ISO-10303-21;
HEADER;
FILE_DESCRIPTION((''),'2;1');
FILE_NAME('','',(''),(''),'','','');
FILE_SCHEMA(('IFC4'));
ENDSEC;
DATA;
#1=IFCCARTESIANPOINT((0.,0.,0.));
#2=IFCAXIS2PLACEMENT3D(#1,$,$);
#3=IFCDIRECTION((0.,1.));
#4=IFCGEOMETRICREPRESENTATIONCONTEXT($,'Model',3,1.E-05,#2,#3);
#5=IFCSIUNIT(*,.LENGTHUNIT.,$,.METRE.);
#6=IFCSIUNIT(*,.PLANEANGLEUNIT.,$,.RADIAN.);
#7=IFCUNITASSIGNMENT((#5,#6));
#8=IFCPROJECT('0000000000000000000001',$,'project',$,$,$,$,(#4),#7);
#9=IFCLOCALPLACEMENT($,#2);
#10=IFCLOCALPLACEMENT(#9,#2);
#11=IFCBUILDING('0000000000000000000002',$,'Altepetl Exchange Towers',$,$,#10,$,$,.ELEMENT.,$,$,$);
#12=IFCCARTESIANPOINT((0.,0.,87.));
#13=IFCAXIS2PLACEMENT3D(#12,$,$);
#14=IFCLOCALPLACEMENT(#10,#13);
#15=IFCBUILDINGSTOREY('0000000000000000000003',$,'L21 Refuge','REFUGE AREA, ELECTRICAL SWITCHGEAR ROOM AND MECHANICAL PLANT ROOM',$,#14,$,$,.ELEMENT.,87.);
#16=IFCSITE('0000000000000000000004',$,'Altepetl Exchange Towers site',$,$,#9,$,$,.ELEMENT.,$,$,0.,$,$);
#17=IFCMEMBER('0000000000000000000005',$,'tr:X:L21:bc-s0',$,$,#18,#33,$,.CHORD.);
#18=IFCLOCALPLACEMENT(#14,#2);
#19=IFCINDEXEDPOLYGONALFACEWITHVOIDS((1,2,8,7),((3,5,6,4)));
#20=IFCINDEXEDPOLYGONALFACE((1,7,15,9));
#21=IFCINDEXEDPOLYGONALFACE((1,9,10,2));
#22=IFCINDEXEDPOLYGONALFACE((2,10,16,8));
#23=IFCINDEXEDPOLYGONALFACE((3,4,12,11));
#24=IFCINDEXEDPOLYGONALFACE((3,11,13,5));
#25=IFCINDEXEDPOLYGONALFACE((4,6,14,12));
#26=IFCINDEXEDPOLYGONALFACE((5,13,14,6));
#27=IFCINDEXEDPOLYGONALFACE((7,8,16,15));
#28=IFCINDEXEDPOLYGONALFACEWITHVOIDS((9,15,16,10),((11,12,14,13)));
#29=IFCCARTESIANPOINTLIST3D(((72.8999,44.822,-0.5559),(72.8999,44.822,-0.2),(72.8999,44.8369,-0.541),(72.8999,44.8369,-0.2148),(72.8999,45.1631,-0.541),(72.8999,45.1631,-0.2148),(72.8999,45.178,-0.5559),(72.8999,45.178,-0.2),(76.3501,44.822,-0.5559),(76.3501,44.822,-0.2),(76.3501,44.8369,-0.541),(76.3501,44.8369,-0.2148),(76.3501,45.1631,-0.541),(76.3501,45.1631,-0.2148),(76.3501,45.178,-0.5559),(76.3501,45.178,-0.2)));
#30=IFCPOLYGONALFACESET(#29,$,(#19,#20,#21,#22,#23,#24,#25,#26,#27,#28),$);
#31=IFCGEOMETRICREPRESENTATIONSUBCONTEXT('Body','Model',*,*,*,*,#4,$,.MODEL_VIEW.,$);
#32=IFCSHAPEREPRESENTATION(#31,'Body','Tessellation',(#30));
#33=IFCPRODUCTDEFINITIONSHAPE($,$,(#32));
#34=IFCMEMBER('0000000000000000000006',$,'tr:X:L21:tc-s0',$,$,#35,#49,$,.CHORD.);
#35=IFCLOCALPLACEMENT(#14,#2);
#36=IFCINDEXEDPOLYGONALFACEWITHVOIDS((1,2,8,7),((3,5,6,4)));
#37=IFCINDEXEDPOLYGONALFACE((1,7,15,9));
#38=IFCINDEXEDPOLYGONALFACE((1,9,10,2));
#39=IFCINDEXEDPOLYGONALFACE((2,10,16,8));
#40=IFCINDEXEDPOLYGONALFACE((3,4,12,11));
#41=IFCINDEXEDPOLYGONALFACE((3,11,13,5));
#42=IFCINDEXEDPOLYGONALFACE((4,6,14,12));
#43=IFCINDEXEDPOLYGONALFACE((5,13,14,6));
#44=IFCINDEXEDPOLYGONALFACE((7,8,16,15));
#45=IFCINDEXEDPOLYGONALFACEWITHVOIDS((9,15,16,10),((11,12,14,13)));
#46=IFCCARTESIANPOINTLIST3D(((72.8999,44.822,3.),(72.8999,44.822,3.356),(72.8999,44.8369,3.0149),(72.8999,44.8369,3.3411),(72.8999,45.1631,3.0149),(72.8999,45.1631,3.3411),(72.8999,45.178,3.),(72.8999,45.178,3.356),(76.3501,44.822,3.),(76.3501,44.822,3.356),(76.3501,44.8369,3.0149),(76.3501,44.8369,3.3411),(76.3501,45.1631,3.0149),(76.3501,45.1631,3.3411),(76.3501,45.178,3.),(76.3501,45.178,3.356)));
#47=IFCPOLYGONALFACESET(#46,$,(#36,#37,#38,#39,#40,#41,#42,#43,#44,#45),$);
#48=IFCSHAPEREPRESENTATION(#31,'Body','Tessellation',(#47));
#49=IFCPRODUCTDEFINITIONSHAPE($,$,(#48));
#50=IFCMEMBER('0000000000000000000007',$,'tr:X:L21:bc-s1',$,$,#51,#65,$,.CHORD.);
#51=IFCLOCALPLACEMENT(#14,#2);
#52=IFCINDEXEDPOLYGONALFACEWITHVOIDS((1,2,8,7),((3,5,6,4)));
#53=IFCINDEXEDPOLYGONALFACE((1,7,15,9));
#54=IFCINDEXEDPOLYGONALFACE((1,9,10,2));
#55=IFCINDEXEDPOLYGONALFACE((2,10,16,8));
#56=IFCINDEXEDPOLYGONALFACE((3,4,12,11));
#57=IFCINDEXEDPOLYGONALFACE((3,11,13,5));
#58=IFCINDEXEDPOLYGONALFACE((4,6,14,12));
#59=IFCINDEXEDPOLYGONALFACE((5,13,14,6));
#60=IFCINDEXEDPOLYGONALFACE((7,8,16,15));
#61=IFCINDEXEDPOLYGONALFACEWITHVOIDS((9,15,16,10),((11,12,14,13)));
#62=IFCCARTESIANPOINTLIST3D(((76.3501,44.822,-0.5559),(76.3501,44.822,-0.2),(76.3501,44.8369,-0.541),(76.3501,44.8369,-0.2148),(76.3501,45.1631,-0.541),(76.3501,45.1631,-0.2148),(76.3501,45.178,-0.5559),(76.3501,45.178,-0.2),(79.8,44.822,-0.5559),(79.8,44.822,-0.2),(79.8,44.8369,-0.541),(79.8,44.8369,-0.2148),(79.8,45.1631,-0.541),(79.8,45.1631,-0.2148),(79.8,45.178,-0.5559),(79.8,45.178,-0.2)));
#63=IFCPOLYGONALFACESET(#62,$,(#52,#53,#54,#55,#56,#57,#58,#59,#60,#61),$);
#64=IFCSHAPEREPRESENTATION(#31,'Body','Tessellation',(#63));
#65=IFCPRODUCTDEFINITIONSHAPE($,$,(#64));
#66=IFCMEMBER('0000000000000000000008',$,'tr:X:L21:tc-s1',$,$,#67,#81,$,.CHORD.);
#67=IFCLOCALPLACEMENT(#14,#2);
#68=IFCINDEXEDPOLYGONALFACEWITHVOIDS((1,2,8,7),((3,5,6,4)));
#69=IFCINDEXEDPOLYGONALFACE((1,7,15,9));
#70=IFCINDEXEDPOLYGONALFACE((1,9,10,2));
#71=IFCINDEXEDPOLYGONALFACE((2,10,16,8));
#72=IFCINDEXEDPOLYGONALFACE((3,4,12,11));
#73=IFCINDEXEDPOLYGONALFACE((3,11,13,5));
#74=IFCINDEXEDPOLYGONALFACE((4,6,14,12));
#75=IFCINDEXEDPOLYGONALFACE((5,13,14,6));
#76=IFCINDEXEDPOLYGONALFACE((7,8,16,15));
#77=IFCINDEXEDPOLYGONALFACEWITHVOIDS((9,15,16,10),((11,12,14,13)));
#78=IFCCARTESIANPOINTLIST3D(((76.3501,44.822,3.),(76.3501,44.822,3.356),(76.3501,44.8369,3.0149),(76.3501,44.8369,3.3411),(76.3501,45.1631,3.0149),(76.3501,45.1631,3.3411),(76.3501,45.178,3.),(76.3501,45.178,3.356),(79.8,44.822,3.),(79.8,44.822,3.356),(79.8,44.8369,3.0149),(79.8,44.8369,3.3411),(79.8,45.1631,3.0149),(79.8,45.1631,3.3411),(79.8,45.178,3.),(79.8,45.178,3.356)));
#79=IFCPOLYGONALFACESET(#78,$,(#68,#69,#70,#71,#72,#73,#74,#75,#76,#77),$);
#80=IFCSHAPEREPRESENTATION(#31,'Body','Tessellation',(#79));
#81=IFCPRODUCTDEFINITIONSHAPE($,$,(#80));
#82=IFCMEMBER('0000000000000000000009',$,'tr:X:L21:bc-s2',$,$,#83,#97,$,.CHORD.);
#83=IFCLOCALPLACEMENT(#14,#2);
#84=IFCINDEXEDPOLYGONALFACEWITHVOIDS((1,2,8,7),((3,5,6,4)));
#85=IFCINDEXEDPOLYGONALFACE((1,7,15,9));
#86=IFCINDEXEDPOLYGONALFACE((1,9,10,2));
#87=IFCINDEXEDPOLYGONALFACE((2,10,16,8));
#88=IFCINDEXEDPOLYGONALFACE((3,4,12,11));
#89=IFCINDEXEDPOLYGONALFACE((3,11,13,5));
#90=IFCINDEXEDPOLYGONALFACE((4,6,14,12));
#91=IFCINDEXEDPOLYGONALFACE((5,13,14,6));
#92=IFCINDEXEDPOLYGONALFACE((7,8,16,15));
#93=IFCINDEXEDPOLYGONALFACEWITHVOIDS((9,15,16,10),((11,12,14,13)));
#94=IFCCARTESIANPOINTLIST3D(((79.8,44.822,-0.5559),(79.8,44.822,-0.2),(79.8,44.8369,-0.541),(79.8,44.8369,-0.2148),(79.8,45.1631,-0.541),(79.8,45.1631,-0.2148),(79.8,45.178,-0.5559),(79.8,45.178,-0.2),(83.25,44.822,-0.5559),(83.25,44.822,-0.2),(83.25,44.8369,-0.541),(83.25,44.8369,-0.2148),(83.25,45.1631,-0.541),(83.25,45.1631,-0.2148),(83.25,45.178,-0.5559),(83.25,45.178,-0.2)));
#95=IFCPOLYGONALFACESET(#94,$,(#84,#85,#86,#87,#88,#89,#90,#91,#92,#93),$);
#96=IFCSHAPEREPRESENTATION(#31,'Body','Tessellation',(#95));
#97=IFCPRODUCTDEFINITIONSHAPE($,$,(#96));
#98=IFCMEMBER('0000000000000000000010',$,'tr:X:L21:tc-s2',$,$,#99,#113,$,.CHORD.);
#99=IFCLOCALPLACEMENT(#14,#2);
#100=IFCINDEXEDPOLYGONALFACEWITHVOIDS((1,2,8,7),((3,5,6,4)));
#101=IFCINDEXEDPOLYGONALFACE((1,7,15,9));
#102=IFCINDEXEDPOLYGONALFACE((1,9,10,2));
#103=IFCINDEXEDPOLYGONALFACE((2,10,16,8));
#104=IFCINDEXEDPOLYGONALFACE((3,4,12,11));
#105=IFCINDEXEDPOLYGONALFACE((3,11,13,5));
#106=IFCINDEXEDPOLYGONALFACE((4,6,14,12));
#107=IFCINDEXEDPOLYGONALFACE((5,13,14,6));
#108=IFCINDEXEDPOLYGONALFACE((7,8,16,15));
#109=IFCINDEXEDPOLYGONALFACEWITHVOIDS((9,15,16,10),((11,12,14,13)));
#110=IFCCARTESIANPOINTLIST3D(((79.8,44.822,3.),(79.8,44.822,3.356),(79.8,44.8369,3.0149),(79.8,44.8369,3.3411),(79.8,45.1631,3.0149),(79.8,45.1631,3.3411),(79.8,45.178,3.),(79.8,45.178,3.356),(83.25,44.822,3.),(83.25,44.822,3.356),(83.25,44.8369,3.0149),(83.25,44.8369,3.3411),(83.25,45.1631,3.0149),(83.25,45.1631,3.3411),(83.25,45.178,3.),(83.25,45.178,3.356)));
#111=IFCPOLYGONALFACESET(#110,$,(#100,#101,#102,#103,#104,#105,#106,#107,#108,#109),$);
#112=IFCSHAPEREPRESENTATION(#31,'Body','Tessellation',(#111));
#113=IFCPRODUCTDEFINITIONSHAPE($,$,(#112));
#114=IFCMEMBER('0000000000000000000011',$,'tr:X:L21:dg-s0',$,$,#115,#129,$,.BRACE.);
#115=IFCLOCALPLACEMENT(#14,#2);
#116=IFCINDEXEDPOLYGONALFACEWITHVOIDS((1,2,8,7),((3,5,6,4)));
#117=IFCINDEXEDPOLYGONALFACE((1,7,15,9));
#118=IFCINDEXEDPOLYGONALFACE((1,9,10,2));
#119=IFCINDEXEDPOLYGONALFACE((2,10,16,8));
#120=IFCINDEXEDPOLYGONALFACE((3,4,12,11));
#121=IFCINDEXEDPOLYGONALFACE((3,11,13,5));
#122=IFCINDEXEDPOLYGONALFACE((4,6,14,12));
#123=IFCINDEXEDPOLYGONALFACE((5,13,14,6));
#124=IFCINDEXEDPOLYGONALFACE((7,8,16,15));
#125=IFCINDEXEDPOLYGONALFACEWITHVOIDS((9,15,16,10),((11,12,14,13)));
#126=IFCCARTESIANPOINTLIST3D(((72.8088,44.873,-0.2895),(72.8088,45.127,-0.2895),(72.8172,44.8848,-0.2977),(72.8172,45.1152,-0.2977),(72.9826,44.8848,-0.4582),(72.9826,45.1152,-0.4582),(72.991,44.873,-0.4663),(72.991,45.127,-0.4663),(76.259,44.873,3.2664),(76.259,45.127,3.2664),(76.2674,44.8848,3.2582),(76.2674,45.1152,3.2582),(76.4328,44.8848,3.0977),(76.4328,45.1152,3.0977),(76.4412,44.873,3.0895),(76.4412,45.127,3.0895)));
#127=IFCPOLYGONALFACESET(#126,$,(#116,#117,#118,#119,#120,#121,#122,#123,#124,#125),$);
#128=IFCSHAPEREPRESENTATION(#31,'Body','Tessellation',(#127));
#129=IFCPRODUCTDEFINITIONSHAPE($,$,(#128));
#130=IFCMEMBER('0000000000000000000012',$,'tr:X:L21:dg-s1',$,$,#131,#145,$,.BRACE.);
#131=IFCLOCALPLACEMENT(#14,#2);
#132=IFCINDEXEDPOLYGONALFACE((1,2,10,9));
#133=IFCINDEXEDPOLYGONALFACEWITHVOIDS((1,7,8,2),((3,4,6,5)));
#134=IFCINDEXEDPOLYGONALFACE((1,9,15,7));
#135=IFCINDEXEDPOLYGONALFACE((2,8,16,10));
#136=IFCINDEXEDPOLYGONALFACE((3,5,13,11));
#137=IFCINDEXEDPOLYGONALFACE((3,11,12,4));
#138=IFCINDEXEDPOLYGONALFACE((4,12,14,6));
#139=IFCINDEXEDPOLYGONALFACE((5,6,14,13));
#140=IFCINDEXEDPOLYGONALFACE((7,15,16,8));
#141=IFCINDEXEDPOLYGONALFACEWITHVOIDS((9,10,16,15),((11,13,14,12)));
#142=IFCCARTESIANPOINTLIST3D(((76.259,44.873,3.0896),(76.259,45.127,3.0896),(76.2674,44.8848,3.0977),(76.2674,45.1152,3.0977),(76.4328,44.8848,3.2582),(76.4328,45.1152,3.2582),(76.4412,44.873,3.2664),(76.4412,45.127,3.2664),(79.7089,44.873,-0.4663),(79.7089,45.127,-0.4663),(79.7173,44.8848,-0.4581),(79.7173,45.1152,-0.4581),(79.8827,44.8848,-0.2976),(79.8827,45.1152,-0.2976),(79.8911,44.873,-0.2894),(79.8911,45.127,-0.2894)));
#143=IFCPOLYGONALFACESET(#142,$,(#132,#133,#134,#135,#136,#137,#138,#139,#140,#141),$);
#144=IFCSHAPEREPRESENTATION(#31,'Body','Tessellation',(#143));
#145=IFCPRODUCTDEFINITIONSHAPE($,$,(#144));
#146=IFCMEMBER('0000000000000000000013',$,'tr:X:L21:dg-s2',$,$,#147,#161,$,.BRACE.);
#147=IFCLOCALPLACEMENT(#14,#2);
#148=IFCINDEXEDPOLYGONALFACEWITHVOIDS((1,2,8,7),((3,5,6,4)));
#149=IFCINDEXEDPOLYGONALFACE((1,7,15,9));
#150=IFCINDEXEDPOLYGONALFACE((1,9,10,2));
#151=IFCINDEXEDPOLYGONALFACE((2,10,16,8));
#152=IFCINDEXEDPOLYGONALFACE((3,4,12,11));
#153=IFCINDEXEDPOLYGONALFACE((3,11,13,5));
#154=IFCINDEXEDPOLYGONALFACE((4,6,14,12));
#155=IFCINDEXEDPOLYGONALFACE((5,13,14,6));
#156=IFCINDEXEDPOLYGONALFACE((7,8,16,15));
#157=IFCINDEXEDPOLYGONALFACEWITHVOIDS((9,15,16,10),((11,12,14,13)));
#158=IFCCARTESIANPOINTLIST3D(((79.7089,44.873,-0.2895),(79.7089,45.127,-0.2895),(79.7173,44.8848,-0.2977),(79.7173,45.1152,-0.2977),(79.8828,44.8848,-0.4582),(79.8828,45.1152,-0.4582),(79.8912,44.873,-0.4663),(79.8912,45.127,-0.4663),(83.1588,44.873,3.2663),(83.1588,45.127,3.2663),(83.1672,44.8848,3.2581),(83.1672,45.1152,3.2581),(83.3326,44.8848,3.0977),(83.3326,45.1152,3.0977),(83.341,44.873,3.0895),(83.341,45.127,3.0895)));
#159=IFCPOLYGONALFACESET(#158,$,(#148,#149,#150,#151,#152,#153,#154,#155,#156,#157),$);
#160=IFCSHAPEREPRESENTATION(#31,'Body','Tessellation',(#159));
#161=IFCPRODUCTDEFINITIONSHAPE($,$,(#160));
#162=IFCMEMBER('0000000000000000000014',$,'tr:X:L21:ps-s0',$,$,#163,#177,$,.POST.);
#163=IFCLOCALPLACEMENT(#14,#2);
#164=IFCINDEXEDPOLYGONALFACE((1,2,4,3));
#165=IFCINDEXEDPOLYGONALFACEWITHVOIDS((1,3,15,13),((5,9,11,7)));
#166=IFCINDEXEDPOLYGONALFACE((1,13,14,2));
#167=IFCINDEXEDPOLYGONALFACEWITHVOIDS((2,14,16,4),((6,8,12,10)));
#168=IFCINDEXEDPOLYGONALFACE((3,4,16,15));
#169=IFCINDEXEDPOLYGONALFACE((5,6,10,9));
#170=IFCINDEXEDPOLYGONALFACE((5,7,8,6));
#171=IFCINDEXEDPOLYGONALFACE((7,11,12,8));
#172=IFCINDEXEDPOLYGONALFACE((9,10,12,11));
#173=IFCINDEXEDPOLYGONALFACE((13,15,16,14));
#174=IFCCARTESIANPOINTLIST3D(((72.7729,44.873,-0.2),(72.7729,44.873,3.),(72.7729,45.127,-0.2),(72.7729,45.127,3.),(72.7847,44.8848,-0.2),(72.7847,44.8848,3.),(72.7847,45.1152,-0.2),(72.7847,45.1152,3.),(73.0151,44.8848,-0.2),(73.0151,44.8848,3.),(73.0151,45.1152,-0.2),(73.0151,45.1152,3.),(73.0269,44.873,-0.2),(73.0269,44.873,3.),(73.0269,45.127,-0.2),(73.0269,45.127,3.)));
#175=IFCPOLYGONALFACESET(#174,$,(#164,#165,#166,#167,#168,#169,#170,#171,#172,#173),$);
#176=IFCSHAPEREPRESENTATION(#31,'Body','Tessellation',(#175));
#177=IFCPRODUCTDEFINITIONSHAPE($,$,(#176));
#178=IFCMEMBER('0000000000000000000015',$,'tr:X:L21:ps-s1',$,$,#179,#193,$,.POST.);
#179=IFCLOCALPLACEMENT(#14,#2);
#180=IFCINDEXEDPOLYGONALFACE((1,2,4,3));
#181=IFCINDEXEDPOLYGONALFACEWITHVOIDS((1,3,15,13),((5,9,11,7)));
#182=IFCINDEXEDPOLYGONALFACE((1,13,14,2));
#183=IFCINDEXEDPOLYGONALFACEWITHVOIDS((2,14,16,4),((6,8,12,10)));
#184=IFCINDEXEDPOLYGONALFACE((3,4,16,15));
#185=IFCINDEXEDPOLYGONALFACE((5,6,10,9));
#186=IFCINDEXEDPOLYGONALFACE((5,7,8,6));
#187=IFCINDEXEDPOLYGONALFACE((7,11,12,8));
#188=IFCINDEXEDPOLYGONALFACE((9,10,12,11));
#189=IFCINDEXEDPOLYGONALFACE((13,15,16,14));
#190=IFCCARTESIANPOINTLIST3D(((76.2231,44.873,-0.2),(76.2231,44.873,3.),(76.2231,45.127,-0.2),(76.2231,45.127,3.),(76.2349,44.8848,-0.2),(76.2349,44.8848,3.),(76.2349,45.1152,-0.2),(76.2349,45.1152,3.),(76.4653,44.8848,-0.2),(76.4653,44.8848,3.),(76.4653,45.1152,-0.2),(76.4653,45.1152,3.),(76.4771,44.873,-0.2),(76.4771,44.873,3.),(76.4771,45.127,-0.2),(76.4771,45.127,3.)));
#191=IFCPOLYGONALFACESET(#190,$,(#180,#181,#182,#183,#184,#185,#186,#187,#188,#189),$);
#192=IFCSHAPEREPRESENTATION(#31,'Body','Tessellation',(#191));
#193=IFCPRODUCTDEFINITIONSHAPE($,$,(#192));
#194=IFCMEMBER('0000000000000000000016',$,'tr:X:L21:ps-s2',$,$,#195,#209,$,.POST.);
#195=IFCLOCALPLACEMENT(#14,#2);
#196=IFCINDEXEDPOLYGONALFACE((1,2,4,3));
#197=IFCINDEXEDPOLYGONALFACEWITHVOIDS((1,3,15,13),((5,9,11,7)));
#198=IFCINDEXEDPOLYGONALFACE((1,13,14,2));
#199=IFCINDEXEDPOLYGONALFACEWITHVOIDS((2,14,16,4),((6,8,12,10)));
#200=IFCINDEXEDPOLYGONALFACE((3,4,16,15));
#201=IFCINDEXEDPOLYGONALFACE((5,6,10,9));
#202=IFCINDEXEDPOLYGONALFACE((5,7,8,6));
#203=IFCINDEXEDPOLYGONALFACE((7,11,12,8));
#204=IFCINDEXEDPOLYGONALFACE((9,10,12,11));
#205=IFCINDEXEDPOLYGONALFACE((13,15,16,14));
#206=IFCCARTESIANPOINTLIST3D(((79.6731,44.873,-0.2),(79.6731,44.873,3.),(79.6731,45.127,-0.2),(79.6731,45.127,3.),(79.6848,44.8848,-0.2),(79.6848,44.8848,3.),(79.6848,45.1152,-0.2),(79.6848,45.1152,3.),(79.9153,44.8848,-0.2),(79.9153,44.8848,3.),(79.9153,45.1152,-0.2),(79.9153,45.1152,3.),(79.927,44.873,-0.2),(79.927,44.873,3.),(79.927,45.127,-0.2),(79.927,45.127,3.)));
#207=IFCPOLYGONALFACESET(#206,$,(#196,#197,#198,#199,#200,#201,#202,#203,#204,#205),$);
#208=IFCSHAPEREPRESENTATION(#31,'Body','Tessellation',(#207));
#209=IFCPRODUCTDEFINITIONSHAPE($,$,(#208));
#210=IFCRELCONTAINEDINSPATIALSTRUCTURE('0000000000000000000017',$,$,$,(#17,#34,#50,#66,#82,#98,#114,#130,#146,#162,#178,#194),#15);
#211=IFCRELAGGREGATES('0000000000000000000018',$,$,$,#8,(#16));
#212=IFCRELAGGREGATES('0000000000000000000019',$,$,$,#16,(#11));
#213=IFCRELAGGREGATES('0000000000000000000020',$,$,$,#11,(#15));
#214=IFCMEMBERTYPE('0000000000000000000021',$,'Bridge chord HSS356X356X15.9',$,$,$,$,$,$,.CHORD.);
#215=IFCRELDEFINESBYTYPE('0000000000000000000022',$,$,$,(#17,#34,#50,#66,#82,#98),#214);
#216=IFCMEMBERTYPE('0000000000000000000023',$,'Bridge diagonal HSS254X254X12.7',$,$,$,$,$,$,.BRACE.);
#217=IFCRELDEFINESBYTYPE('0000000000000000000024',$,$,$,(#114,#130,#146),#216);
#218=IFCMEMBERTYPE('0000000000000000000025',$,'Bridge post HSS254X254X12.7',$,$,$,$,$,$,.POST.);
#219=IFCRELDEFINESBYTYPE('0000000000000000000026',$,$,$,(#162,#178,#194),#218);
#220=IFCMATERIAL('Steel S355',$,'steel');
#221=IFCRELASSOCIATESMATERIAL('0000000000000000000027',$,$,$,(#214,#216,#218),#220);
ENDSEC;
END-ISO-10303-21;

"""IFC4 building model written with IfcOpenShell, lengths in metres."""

from ifc_helpers import new_model, si_unit, direction, frame, origin, origin_2d, place, context, subcontext, project, spatial, hollow_rectangle, extrude, material, material_profile, profile_set, type_object, element, save


model = new_model("IFC4")

# Units and contexts
model_context = context("Model", 3, precision=1e-05, world=origin(), true_north=direction((0.0, 1.0)))
body_context = subcontext(model_context, "Body", "Model", "MODEL_VIEW")
ifc_project = project(units=[si_unit("LENGTHUNIT", "METRE"), si_unit("PLANEANGLEUNIT", "RADIAN")], contexts=[model_context])

# Site, building, storey
site_placement = place(None, origin())
site = spatial("IfcSite", under=ifc_project, at=site_placement, Name="Altepetl Exchange Towers site", CompositionType="ELEMENT", RefElevation=0.0)
building_placement = place(site_placement, origin())
building = spatial("IfcBuilding", under=site, at=building_placement, Name="Altepetl Exchange Towers", CompositionType="ELEMENT")
storey_placement = place(building_placement, frame((0.0, 0.0, 87.0)))
storey = spatial("IfcBuildingStorey", under=building, at=storey_placement, Name="L21 Refuge", Description="REFUGE AREA, ELECTRICAL SWITCHGEAR ROOM AND MECHANICAL PLANT ROOM", CompositionType="ELEMENT", Elevation=87.0)

# Members
ifc_material_1 = material(Name="Steel S355", Category="steel")
ifc_material_profile_1 = material_profile(ifc_material_1, hollow_rectangle(XDim=0.356, YDim=0.356, WallThickness=0.0149, at=origin_2d()), Name="HSS356X356X15.9")
ifc_profile_set_1 = profile_set([ifc_material_profile_1], Name="Steel S355")
member_type_1 = type_object("IfcMemberType", Name="Bridge chord HSS356X356X15.9", PredefinedType="CHORD", material=ifc_profile_set_1)
for number, where, z_axis, x_axis, name in (
    (1, (72.8999, 45.0, -0.3779), (1.0, 0.0, 0.0), (0.0, 1.0, 0.0), "tr:X:L21:bc-s0"),
    (2, (72.8999, 45.0, 3.178), (1.0, 0.0, 0.0), (0.0, 1.0, 0.0), "tr:X:L21:tc-s0"),
):
    element("IfcMember", number, at=place(storey_placement, frame(where, z_axis=z_axis, x_axis=x_axis)), inside=storey, type_object=member_type_1, Name=name, PredefinedType="CHORD", context=body_context, shape_type="SweptSolid", body=[
        extrude(hollow_rectangle(XDim=0.356, YDim=0.356, WallThickness=0.0149, at=origin_2d()), origin(), (0.0, 0.0, 1.0), 3.4502),
    ])
for number, where, z_axis, x_axis, name in (
    (3, (76.3501, 45.0, -0.3779), (1.0, 0.0, 0.0), (0.0, 1.0, 0.0), "tr:X:L21:bc-s1"),
    (4, (76.3501, 45.0, 3.178), (1.0, 0.0, 0.0), (0.0, 1.0, 0.0), "tr:X:L21:tc-s1"),
    (5, (79.8, 45.0, -0.3779), (1.0, 0.0, 0.0), (0.0, 1.0, 0.0), "tr:X:L21:bc-s2"),
    (6, (79.8, 45.0, 3.178), (1.0, 0.0, 0.0), (0.0, 1.0, 0.0), "tr:X:L21:tc-s2"),
):
    element("IfcMember", number, at=place(storey_placement, frame(where, z_axis=z_axis, x_axis=x_axis)), inside=storey, type_object=member_type_1, Name=name, PredefinedType="CHORD", context=body_context, shape_type="SweptSolid", body=[
        extrude(hollow_rectangle(XDim=0.356, YDim=0.356, WallThickness=0.0149, at=origin_2d()), origin(), (0.0, 0.0, 1.0), 3.45),
    ])
ifc_material_profile_2 = material_profile(ifc_material_1, hollow_rectangle(XDim=0.2539, YDim=0.2539, WallThickness=0.0117, at=origin_2d()), Name="HSS254X254X12.7")
ifc_profile_set_2 = profile_set([ifc_material_profile_2], Name="Steel S355")
member_type_2 = type_object("IfcMemberType", Name="Bridge diagonal HSS254X254X12.7", PredefinedType="BRACE", material=ifc_profile_set_2)
member_1_placement = place(storey_placement, frame((72.8999, 45.0, -0.3779), z_axis=(0.696358, 0.0, 0.717694), x_axis=(0.0, 1.0, 0.0)))
element("IfcMember", 7, at=member_1_placement, inside=storey, type_object=member_type_2, Name="tr:X:L21:dg-s0", PredefinedType="BRACE", context=body_context, shape_type="SweptSolid", body=[
    extrude(hollow_rectangle(XDim=0.2539, YDim=0.2539, WallThickness=0.0117, at=origin_2d()), origin(), (0.0, 0.0, 1.0), 4.9546),
])
for number, where, z_axis, x_axis, name in (
    (8, (76.3501, 45.0, 3.178), (0.696333, 0.0, -0.717719), (0.0, 1.0, 0.0), "tr:X:L21:dg-s1"),
    (9, (79.8, 45.0, -0.3779), (0.696333, 0.0, 0.717719), (0.0, 1.0, 0.0), "tr:X:L21:dg-s2"),
):
    element("IfcMember", number, at=place(storey_placement, frame(where, z_axis=z_axis, x_axis=x_axis)), inside=storey, type_object=member_type_2, Name=name, PredefinedType="BRACE", context=body_context, shape_type="SweptSolid", body=[
        extrude(hollow_rectangle(XDim=0.2539, YDim=0.2539, WallThickness=0.0117, at=origin_2d()), origin(), (0.0, 0.0, 1.0), 4.9543),
    ])
ifc_material_profile_3 = material_profile(ifc_material_1, hollow_rectangle(XDim=0.2539, YDim=0.2539, WallThickness=0.0117, at=origin_2d()), Name="HSS254X254X12.7")
ifc_profile_set_3 = profile_set([ifc_material_profile_3], Name="Steel S355")
member_type_3 = type_object("IfcMemberType", Name="Bridge post HSS254X254X12.7", PredefinedType="POST", material=ifc_profile_set_3)
for number, where, name in (
    (10, (72.8999, 45.0, -0.2), "tr:X:L21:ps-s0"),
    (11, (76.3501, 45.0, -0.2), "tr:X:L21:ps-s1"),
    (12, (79.8, 45.0, -0.2), "tr:X:L21:ps-s2"),
):
    element("IfcMember", number, at=place(storey_placement, frame(where)), inside=storey, type_object=member_type_3, Name=name, PredefinedType="POST", context=body_context, shape_type="SweptSolid", body=[
        extrude(hollow_rectangle(XDim=0.2539, YDim=0.2539, WallThickness=0.0117, at=origin_2d()), origin(), (0.0, 0.0, 1.0), 3.2),
    ])

save(model, "model.ifc")
